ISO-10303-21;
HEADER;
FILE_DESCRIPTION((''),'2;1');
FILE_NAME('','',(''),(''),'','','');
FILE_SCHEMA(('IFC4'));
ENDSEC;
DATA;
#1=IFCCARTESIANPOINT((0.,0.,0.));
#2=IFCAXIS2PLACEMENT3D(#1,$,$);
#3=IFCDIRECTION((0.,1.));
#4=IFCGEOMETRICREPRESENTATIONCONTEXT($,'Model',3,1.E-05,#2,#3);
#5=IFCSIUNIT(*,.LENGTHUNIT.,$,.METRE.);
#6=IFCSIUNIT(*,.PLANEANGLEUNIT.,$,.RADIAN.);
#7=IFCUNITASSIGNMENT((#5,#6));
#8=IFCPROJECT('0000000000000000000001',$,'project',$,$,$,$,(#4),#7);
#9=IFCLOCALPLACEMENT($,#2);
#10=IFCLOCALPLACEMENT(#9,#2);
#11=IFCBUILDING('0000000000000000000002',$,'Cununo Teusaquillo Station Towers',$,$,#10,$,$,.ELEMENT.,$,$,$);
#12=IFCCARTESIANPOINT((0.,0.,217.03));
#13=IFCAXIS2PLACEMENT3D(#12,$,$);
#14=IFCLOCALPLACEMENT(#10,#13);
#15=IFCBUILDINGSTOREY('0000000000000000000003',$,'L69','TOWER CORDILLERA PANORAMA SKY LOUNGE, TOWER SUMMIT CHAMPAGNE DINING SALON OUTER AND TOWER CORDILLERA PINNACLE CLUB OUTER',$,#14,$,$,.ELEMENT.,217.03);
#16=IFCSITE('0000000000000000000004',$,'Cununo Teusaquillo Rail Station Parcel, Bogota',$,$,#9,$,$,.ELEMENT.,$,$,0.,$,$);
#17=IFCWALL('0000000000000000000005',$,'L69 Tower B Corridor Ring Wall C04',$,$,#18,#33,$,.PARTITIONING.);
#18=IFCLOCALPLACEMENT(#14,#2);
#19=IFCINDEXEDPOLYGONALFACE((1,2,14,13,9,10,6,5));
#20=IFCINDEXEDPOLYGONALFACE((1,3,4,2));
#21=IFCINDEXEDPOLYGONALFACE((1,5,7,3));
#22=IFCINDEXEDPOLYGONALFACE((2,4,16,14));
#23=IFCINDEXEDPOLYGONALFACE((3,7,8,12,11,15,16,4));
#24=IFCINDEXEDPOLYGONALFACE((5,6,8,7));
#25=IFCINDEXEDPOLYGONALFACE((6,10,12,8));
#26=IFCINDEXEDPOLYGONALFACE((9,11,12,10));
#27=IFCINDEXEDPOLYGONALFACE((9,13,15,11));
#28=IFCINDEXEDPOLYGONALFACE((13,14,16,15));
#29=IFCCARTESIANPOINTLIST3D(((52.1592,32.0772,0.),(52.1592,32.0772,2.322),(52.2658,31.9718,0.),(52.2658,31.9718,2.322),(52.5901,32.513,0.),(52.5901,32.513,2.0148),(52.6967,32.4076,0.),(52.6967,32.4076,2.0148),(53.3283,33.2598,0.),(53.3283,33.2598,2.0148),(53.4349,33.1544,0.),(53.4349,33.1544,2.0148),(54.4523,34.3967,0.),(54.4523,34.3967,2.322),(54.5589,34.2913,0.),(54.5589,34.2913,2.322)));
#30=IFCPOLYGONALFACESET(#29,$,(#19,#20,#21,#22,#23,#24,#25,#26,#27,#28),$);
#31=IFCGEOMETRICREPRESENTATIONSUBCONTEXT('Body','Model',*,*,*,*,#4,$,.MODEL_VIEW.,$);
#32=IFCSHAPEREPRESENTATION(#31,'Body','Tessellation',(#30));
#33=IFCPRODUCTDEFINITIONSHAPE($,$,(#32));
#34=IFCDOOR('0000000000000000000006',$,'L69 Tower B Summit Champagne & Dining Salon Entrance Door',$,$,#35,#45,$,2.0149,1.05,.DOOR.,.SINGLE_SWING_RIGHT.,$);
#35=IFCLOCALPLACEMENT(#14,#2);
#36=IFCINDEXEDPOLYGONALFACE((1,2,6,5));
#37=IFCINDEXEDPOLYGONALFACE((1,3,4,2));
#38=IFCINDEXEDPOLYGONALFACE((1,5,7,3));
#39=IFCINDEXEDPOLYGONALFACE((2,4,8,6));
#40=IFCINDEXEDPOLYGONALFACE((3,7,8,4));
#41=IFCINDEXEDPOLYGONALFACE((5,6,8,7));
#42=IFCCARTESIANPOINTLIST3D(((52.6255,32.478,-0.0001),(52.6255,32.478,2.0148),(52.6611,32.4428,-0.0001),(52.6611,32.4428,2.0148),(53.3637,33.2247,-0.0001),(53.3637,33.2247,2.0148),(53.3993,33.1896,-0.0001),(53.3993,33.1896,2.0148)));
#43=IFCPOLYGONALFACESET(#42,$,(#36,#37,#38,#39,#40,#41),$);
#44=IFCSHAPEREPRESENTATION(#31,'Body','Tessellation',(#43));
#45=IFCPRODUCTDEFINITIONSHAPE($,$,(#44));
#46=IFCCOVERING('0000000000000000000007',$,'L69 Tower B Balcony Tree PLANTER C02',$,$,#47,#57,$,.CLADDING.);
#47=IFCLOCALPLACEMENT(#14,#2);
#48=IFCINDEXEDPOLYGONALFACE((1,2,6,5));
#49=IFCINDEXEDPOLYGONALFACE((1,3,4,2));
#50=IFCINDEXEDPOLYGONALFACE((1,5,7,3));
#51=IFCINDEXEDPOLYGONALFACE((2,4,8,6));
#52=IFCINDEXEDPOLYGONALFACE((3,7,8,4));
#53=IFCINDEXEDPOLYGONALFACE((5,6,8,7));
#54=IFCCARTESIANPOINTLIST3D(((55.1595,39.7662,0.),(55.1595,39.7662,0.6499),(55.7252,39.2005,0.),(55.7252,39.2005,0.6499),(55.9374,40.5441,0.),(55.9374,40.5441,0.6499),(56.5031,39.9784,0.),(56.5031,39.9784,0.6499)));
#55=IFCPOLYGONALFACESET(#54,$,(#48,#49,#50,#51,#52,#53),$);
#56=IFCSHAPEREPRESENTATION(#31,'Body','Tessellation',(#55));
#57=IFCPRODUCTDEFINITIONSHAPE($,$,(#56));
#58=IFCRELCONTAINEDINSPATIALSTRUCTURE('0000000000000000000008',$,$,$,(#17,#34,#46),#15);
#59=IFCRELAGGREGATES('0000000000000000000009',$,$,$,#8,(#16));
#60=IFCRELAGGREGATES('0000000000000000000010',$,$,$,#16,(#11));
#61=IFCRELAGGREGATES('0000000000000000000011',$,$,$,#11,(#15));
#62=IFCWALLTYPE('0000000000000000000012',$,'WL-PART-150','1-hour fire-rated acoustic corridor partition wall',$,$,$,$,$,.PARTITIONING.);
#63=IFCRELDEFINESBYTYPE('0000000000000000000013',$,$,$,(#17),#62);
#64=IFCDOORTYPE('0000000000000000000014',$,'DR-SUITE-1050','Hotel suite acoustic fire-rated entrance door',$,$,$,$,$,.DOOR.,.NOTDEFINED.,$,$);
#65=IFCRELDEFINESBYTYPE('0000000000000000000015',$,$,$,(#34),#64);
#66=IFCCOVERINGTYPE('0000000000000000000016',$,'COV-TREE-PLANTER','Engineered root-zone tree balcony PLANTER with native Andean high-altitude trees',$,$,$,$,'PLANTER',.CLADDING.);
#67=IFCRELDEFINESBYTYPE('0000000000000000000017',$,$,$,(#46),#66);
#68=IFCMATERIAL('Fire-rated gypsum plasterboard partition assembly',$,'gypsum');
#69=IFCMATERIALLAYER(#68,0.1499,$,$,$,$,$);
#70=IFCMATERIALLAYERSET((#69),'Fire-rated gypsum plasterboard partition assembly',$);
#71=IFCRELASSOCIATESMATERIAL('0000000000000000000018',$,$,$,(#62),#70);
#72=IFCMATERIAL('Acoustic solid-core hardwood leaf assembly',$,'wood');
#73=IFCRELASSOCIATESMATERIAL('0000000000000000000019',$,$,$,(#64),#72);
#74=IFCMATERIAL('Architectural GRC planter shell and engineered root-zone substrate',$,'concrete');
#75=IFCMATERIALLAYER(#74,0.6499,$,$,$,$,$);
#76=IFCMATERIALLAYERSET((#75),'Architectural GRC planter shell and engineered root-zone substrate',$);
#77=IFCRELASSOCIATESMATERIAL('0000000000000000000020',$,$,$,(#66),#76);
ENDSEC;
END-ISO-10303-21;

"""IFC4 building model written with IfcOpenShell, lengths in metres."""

from ifc_helpers import new_model, si_unit, direction, frame, frame_2d, origin, origin_2d, place, context, subcontext, project, spatial, rectangle, extrude, source, transform, mapped, material, layer, layer_set, type_object, element, fill, save


model = new_model("IFC4")

# Units and contexts
model_context = context("Model", 3, precision=1e-05, world=origin(), true_north=direction((0.0, 1.0)))
body_context = subcontext(model_context, "Body", "Model", "MODEL_VIEW")
ifc_project = project(units=[si_unit("LENGTHUNIT", "METRE"), si_unit("PLANEANGLEUNIT", "RADIAN")], contexts=[model_context])

# Site, building, storey
site_placement = place(None, origin())
site = spatial("IfcSite", under=ifc_project, at=site_placement, Name="Cununo Teusaquillo Rail Station Parcel, Bogota", CompositionType="ELEMENT", RefElevation=0.0)
building_placement = place(site_placement, origin())
building = spatial("IfcBuilding", under=site, at=building_placement, Name="Cununo Teusaquillo Station Towers", CompositionType="ELEMENT")
storey_placement = place(building_placement, frame((0.0, 0.0, 217.03)))
storey = spatial("IfcBuildingStorey", under=building, at=storey_placement, Name="L69", Description="TOWER CORDILLERA PANORAMA SKY LOUNGE, TOWER SUMMIT CHAMPAGNE DINING SALON OUTER AND TOWER CORDILLERA PINNACLE CLUB OUTER", CompositionType="ELEMENT", Elevation=217.03)

# Shared definitions
ifc_material_1 = material(Name="Fire-rated gypsum plasterboard partition assembly", Category="gypsum")
ifc_layer_1 = layer(ifc_material_1, 0.1499)
ifc_layer_set_1 = layer_set([ifc_layer_1], Name="Fire-rated gypsum plasterboard partition assembly")
wall_type_1 = type_object("IfcWallType", Name="WL-PART-150", Description="1-hour fire-rated acoustic corridor partition wall", PredefinedType="PARTITIONING", material=ifc_layer_set_1)

# Wall, opening, door
wall_1_placement = place(storey_placement, frame((54.5056, 34.344, 0.0), z_axis=(0.0, 0.0, 1.0), x_axis=(-0.703053, -0.711137, 0.0)))
wall_1 = element("IfcWall", 1, at=wall_1_placement, inside=storey, type_object=wall_type_1, Name="L69 Tower B Corridor Ring Wall C04", PredefinedType="PARTITIONING", context=body_context, shape_type="SweptSolid", body=[
    extrude(rectangle(XDim=3.2617, YDim=0.1499, at=frame_2d((1.6309, 0.0))), origin(), (0.0, 0.0, 1.0), 2.322),
])
shared_shape_1 = source(origin(), body_context, "Body", "SweptSolid", [
    extrude(rectangle(XDim=1.05, YDim=2.0149, at=frame_2d((0.5249, 1.0073))), frame((0.0, 0.085, 0.0), z_axis=(0.0, -1.0, 0.0), x_axis=(1.0, 0.0, 0.0)), (0.0, 0.0, 1.0), 0.1699),
])
opening_1_placement = place(wall_1_placement, frame((1.5989, 0.0, 0.0)))
opening_1 = element("IfcOpeningElement", 2, at=opening_1_placement, cuts=wall_1, PredefinedType="OPENING", context=body_context, shape_type="MappedRepresentation", body=[
    mapped(shared_shape_1, transform((0.0, 0.0, 0.0), x_axis=(1.0, 0.0, 0.0), y_axis=(0.0, 1.0, 0.0), z_axis=(0.0, 0.0, 1.0), scale=1.0)),
])
ifc_material_2 = material(Name="Acoustic solid-core hardwood leaf assembly", Category="wood")
door_type_1 = type_object("IfcDoorType", Name="DR-SUITE-1050", Description="Hotel suite acoustic fire-rated entrance door", OperationType="NOTDEFINED", PredefinedType="DOOR", material=ifc_material_2)
shared_shape_2 = source(origin(), body_context, "Body", "SweptSolid", [
    extrude(rectangle(XDim=1.05, YDim=2.0149, at=frame_2d((0.5249, 1.0073))), frame((0.0, 0.0249, 0.0), z_axis=(0.0, -1.0, 0.0), x_axis=(1.0, 0.0, 0.0)), (0.0, 0.0, 1.0), 0.05),
])
door_1_placement = place(opening_1_placement, origin())
door_1 = element("IfcDoor", 3, at=door_1_placement, inside=storey, type_object=door_type_1, Name="L69 Tower B Summit Champagne & Dining Salon Entrance Door", OperationType="SINGLE_SWING_RIGHT", OverallHeight=2.0149, OverallWidth=1.05, PredefinedType="DOOR", context=body_context, shape_type="MappedRepresentation", body=[
    mapped(shared_shape_2, transform((0.0, 0.0, 0.0), x_axis=(1.0, 0.0, 0.0), y_axis=(0.0, 1.0, 0.0), z_axis=(0.0, 0.0, 1.0), scale=1.0)),
])
fill(opening_1, door_1)

# Covering
ifc_material_3 = material(Name="Architectural GRC planter shell and engineered root-zone substrate", Category="concrete")
ifc_layer_2 = layer(ifc_material_3, 0.6499)
ifc_layer_set_2 = layer_set([ifc_layer_2], Name="Architectural GRC planter shell and engineered root-zone substrate")
covering_type = type_object("IfcCoveringType", Name="COV-TREE-PLANTER", Description="Engineered root-zone tree balcony PLANTER with native Andean high-altitude trees", ElementType="PLANTER", PredefinedType="CLADDING", material=ifc_layer_set_2)
shared_shape_3 = source(origin(), body_context, "Body", "SweptSolid", [
    extrude(rectangle(XDim=1.1001, YDim=0.8, at=origin_2d()), origin(), (0.0, 0.0, 1.0), 0.6499),
])
covering_placement = place(storey_placement, frame((55.8313, 39.8723, 0.0), z_axis=(0.0, 0.0, 1.0), x_axis=(0.707107, 0.707107, 0.0)))
element("IfcCovering", 4, at=covering_placement, inside=storey, type_object=covering_type, Name="L69 Tower B Balcony Tree PLANTER C02", PredefinedType="CLADDING", context=body_context, shape_type="MappedRepresentation", body=[
    mapped(shared_shape_3, transform((0.0, 0.0, 0.0), x_axis=(1.0, 0.0, 0.0), y_axis=(0.0, 1.0, 0.0), z_axis=(0.0, 0.0, 1.0), scale=1.0)),
])

save(model, "model.ifc")
